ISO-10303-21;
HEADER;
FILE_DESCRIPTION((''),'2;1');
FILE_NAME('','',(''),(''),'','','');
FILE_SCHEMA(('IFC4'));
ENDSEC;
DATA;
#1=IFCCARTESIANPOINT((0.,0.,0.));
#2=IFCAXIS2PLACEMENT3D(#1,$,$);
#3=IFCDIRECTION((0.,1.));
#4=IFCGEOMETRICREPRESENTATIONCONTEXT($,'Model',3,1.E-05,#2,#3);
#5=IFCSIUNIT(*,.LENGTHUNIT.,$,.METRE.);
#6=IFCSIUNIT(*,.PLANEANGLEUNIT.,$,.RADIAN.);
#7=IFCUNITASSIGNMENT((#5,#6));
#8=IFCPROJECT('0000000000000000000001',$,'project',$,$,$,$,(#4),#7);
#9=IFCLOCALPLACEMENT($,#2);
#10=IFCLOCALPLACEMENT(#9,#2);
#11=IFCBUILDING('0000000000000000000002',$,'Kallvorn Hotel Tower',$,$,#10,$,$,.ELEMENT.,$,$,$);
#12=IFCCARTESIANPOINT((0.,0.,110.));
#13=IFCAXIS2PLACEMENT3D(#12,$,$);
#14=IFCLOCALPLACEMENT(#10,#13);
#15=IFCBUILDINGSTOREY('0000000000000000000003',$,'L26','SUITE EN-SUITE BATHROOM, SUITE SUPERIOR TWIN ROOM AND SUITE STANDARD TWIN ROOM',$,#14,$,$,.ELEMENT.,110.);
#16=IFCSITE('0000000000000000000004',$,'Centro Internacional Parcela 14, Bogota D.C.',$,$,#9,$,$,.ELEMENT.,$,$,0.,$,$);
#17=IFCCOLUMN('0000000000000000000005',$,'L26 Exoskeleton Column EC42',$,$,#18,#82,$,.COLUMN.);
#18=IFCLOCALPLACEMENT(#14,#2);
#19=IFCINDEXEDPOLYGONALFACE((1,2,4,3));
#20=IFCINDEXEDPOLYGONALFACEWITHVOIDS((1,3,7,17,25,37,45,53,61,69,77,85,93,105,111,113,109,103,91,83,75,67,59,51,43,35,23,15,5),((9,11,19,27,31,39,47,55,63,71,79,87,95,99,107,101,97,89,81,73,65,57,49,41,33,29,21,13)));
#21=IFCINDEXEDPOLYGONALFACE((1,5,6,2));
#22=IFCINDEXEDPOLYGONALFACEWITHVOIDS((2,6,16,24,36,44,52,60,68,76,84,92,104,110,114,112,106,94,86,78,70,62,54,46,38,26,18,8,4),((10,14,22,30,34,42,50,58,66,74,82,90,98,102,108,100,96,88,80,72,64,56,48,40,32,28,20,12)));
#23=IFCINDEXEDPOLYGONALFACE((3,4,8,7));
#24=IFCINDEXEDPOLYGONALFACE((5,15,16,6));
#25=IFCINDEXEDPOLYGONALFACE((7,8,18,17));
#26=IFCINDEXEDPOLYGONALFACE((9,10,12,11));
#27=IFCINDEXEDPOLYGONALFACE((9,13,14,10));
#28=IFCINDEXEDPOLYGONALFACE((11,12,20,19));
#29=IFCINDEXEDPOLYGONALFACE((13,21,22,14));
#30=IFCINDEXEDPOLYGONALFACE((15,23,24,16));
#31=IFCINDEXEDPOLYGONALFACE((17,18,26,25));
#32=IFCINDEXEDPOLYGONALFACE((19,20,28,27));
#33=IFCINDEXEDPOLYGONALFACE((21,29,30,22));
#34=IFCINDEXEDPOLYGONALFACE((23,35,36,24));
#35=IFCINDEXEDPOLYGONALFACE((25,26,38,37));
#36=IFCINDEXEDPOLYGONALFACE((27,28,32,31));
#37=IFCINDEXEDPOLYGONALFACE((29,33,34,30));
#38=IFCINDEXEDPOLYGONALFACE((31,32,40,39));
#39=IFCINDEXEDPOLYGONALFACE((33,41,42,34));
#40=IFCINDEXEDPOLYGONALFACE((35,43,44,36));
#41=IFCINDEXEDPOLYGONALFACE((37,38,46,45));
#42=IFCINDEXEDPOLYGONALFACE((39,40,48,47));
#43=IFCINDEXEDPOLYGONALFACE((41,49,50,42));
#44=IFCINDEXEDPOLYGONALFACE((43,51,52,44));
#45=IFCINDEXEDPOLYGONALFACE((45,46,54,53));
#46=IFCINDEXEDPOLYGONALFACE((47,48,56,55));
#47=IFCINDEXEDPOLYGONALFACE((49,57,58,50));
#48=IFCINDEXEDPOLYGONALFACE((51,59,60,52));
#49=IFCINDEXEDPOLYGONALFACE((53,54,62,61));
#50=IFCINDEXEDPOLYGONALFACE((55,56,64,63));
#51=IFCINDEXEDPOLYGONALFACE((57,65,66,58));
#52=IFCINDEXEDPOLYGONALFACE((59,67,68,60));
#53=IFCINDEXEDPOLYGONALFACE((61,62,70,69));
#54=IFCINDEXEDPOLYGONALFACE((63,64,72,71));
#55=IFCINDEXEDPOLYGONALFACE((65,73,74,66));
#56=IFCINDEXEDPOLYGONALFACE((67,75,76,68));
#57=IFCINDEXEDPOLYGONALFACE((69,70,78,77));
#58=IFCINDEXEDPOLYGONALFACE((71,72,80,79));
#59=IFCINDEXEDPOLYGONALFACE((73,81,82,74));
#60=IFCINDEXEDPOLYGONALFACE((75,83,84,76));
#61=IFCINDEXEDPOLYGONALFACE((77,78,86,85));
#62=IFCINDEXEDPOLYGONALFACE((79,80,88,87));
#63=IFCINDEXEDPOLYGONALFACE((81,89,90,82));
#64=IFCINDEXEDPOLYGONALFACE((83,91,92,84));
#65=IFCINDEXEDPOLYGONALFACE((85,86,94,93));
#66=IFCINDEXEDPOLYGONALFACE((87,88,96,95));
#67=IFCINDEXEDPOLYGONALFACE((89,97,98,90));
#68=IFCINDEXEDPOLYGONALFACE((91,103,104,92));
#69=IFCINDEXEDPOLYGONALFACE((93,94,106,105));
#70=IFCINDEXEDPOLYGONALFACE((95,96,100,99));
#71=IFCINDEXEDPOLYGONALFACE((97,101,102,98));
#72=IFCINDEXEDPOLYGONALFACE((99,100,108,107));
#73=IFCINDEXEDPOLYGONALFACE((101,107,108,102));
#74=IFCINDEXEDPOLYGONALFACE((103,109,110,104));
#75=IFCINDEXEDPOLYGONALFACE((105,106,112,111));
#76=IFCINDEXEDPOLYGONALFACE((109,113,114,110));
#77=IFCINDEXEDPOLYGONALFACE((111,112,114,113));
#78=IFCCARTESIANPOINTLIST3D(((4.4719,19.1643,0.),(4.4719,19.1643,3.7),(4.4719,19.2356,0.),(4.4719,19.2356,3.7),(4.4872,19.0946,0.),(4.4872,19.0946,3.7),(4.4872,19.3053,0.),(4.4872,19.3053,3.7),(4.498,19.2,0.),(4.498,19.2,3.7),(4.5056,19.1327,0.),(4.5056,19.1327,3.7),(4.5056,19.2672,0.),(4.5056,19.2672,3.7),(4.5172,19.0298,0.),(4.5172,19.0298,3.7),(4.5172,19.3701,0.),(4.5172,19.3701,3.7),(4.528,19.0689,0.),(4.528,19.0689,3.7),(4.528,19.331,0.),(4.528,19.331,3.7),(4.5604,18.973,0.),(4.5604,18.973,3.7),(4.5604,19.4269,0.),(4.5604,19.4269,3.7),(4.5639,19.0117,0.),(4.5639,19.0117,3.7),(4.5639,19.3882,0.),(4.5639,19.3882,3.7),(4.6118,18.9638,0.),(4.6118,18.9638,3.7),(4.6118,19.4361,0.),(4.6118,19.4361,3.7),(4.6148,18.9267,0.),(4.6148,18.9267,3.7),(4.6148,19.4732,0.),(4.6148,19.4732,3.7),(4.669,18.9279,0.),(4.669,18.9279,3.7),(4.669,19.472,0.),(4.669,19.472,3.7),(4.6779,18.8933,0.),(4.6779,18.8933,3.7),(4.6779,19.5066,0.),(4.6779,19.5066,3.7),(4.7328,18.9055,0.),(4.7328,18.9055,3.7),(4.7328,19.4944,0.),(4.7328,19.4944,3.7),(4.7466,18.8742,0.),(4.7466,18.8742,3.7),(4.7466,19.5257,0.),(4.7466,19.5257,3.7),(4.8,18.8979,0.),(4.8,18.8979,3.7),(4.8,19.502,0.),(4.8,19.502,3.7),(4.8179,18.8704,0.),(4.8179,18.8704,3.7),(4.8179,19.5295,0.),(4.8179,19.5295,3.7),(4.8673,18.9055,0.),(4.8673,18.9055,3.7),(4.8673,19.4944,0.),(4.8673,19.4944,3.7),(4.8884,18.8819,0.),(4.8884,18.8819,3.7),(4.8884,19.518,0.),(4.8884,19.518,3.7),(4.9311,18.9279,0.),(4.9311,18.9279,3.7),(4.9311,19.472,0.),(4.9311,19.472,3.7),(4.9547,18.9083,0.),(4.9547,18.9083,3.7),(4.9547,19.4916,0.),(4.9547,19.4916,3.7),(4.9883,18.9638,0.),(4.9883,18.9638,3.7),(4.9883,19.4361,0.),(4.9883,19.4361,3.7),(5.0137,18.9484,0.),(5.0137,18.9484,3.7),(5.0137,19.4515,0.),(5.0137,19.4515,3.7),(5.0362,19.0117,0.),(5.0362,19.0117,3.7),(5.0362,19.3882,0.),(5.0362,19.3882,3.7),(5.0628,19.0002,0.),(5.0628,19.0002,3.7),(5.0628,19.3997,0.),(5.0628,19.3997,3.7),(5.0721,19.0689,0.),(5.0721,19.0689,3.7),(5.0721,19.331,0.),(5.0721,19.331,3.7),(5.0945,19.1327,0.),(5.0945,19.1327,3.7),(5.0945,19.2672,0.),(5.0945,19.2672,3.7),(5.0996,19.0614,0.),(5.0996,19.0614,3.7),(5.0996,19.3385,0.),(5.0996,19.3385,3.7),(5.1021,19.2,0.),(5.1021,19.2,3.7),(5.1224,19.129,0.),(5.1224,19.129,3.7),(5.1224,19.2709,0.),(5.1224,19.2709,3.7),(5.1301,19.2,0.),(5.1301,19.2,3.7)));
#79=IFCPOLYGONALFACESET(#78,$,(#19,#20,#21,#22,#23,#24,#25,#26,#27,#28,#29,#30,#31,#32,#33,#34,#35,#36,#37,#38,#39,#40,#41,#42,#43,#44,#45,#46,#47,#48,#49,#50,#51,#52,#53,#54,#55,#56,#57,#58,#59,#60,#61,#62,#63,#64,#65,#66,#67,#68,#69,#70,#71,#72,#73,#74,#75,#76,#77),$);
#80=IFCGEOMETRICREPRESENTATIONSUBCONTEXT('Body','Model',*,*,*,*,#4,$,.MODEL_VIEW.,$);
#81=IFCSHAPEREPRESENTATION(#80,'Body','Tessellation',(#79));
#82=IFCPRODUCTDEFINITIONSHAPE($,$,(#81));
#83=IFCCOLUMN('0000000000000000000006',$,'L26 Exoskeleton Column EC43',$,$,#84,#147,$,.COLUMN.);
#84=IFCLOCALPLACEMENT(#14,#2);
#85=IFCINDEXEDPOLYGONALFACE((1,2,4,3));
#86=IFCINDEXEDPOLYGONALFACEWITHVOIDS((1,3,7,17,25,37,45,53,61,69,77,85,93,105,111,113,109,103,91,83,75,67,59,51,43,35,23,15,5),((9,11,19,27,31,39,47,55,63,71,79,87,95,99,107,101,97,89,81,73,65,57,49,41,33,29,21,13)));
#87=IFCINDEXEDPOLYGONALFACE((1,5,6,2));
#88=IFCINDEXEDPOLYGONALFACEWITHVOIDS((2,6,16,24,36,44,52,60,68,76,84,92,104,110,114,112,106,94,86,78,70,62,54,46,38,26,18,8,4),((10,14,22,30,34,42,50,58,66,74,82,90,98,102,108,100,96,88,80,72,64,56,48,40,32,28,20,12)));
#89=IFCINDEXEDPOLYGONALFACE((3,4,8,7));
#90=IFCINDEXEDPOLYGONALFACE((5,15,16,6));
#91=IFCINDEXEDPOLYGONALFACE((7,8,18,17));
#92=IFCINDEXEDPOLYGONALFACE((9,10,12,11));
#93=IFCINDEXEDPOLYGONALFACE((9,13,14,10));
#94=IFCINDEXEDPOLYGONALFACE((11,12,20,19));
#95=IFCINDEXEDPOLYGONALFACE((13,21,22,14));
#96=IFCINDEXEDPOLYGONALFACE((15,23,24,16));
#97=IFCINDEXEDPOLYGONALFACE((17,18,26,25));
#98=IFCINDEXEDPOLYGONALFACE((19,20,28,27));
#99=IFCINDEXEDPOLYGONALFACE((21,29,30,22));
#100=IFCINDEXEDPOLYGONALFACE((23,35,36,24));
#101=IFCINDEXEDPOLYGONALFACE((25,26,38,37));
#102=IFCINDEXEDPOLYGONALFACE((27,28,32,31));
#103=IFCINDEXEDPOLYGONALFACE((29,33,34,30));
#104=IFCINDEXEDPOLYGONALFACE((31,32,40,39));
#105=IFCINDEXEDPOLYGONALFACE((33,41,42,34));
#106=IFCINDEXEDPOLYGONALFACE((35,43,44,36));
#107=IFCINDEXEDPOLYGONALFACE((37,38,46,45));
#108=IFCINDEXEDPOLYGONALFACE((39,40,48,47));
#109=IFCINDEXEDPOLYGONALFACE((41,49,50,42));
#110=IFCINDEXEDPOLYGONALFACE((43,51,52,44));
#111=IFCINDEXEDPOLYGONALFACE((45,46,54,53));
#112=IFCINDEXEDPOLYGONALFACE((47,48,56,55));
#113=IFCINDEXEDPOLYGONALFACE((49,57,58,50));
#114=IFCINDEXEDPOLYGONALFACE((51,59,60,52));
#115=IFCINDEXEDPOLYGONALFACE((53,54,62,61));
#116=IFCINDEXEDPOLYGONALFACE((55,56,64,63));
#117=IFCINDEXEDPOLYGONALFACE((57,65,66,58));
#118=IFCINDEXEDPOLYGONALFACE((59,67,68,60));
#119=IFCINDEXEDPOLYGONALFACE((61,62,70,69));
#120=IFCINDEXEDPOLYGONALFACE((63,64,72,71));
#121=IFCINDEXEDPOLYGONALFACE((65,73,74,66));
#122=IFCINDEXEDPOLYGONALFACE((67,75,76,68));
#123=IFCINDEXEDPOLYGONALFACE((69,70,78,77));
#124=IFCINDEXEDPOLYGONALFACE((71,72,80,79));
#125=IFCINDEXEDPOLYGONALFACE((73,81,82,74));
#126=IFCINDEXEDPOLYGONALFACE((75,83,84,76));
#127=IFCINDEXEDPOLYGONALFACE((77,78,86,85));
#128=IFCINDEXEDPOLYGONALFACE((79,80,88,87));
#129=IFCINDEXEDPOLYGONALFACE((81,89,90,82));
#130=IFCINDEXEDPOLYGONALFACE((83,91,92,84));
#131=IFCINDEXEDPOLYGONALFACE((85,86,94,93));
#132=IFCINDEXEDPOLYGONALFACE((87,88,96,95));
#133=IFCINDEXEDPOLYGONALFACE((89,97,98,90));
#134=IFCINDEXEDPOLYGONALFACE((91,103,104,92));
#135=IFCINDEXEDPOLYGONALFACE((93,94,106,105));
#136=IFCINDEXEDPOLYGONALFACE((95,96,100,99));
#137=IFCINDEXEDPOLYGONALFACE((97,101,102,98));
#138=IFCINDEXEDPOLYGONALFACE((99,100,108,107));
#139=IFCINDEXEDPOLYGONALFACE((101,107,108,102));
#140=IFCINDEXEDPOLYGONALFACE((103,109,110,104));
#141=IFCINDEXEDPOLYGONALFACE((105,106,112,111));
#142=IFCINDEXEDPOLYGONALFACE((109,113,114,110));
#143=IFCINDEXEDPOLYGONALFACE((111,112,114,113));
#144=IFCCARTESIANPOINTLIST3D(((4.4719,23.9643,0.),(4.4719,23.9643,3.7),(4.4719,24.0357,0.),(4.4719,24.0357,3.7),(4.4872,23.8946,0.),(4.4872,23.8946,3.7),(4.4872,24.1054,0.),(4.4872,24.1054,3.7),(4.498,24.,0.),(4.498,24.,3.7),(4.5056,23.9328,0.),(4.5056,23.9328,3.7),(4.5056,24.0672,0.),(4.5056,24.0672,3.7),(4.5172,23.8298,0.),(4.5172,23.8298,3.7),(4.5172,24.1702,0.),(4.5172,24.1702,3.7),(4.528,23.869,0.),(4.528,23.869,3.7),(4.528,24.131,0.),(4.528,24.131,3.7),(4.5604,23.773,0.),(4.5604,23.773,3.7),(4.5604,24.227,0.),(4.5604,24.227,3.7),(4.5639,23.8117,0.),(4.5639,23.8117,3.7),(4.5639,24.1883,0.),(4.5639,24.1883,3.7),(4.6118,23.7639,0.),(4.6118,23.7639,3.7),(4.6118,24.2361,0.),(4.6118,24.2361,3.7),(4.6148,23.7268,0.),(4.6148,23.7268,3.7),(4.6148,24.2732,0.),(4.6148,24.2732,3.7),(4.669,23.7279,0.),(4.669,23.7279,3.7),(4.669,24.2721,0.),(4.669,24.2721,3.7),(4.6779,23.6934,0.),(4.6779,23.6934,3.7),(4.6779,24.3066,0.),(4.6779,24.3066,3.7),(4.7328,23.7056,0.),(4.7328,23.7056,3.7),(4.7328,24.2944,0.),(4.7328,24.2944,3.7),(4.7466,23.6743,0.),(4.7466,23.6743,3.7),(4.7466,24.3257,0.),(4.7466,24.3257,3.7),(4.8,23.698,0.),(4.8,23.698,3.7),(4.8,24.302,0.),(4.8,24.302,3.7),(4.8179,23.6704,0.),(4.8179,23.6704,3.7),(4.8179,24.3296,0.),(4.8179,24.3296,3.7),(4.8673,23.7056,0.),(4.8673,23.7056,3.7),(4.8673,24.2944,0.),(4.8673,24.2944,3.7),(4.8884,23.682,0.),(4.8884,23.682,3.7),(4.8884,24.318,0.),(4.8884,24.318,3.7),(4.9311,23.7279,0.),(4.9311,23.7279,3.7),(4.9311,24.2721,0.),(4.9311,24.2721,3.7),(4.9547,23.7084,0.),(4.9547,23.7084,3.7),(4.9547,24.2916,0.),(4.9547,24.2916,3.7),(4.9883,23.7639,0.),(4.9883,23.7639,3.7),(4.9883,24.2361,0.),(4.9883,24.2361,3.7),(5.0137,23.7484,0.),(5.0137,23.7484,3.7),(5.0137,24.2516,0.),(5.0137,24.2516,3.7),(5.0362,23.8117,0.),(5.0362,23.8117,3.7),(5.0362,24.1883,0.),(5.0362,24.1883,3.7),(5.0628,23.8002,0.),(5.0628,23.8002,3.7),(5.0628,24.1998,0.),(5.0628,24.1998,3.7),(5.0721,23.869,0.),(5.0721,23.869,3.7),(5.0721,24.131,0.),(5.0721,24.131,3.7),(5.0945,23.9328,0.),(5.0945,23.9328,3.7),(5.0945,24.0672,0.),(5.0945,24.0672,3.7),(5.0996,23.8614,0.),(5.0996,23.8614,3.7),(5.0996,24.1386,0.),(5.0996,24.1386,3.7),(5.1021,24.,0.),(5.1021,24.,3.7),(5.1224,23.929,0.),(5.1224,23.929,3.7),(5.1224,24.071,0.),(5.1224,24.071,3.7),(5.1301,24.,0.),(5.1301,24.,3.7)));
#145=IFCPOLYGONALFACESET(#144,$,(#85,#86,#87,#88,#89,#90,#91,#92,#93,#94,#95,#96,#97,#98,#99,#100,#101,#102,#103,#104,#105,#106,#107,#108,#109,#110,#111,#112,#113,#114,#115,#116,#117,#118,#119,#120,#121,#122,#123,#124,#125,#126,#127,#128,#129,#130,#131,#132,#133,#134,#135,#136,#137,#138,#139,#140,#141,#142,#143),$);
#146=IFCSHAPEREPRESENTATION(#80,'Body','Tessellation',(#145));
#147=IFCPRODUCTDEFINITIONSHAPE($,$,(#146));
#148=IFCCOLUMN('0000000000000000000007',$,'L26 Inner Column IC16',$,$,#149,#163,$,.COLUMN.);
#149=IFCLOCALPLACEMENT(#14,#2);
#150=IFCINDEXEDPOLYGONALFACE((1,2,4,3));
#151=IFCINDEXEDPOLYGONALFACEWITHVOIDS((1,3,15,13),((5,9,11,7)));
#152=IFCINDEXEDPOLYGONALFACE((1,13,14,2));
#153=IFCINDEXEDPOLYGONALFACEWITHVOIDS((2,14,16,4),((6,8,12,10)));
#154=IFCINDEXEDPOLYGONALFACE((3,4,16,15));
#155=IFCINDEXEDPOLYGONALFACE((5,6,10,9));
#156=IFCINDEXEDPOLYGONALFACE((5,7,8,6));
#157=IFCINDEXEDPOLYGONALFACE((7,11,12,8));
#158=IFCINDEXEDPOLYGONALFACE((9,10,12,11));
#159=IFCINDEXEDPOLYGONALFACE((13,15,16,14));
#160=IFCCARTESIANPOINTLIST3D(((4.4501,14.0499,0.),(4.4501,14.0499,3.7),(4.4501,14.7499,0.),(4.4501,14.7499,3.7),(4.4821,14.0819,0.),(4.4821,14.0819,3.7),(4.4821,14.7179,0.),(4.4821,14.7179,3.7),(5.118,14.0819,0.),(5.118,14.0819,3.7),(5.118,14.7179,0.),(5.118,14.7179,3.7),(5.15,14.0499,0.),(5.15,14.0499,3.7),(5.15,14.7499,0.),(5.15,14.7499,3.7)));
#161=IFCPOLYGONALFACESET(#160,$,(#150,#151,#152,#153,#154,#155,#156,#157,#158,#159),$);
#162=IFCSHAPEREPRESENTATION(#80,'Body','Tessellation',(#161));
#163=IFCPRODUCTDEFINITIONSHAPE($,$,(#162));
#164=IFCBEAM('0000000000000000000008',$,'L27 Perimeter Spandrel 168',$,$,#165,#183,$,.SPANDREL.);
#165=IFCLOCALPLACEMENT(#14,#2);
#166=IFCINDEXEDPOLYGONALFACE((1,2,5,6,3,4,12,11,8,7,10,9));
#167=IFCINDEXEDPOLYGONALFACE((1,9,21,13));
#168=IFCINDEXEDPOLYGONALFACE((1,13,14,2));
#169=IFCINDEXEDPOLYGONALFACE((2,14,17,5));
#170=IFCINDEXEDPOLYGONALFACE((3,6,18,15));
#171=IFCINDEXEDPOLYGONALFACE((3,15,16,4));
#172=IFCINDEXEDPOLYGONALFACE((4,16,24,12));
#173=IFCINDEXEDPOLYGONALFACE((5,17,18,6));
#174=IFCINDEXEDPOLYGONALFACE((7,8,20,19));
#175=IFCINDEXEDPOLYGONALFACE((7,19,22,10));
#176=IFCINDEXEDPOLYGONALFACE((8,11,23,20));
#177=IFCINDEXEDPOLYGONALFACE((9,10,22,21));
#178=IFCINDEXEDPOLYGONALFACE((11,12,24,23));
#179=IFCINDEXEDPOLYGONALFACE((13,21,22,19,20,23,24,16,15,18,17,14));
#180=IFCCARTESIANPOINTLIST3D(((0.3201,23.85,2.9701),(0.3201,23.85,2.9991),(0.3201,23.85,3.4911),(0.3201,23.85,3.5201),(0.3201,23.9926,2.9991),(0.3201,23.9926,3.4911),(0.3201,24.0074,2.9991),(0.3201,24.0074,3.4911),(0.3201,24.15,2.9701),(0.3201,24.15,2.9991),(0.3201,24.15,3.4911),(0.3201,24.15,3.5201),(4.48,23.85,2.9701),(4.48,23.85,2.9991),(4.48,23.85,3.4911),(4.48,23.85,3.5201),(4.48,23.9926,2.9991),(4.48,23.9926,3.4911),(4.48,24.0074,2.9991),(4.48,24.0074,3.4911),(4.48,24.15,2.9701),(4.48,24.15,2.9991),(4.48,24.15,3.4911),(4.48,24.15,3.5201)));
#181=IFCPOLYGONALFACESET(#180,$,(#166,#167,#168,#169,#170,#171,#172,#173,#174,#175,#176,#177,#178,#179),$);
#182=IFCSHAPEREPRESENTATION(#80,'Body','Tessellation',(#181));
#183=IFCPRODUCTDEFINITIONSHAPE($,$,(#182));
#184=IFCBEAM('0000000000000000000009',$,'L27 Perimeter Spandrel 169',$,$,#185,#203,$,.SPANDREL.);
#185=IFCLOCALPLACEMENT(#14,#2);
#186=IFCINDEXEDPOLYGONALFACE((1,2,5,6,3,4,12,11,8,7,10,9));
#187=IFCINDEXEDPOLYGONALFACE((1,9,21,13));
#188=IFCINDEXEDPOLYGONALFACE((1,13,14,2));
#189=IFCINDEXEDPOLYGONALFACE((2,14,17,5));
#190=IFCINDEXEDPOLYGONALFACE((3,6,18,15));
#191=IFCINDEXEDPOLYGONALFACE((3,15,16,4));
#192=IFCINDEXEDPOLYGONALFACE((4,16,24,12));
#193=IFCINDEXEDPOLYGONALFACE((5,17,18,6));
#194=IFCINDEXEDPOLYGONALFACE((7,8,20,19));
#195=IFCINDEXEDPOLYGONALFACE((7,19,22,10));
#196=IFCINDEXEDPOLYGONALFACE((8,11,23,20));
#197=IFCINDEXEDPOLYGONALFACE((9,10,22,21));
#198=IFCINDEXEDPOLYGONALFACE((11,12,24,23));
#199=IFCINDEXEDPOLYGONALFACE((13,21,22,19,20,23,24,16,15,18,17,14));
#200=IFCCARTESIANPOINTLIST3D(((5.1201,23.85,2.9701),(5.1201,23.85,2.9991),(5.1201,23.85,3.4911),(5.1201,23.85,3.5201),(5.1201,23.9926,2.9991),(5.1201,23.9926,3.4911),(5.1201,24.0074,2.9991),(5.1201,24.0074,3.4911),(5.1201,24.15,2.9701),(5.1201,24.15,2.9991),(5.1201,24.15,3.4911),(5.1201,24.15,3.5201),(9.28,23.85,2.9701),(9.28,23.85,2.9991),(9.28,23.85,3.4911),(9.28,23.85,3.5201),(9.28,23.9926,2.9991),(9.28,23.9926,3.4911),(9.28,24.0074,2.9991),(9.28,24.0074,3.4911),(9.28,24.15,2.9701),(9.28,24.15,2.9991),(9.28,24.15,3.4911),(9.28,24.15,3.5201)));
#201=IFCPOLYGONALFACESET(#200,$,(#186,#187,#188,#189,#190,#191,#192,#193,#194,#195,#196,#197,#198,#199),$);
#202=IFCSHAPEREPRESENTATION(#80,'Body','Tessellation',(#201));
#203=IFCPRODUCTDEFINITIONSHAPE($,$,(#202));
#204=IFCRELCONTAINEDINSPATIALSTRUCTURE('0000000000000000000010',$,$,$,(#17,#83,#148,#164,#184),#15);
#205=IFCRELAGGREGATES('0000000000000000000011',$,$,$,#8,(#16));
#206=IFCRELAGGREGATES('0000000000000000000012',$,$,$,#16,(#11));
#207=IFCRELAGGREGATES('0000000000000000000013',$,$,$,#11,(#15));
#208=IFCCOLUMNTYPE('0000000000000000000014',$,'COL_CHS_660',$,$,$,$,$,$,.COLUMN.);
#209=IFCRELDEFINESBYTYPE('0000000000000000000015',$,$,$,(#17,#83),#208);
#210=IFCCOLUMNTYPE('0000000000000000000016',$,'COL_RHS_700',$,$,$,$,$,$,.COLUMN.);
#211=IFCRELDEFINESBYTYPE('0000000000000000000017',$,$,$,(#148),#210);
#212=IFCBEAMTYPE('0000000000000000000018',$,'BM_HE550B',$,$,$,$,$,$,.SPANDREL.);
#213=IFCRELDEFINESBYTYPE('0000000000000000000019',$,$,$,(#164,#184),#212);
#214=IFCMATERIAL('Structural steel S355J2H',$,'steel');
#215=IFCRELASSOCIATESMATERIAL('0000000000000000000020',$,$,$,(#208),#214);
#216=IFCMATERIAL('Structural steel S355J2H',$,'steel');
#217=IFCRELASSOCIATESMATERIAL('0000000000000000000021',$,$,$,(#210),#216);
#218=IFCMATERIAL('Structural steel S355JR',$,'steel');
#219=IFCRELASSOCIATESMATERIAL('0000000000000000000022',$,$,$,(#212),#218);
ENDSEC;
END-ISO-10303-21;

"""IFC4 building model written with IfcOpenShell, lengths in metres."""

from ifc_helpers import new_model, si_unit, direction, frame, origin, origin_2d, place, context, subcontext, project, spatial, hollow_rectangle, hollow_circle, i_section, extrude, material, material_profile, profile_set, type_object, element, save


model = new_model("IFC4")

# Units and contexts
model_context = context("Model", 3, precision=1e-05, world=origin(), true_north=direction((0.0, 1.0)))
body_context = subcontext(model_context, "Body", "Model", "MODEL_VIEW")
ifc_project = project(units=[si_unit("LENGTHUNIT", "METRE"), si_unit("PLANEANGLEUNIT", "RADIAN")], contexts=[model_context])

# Site, building, storey
site_placement = place(None, origin())
site = spatial("IfcSite", under=ifc_project, at=site_placement, Name="Centro Internacional Parcela 14, Bogota D.C.", CompositionType="ELEMENT", RefElevation=0.0)
building_placement = place(site_placement, origin())
building = spatial("IfcBuilding", under=site, at=building_placement, Name="Kallvorn Hotel Tower", CompositionType="ELEMENT")
storey_placement = place(building_placement, frame((0.0, 0.0, 110.0)))
storey = spatial("IfcBuildingStorey", under=building, at=storey_placement, Name="L26", Description="SUITE EN-SUITE BATHROOM, SUITE SUPERIOR TWIN ROOM AND SUITE STANDARD TWIN ROOM", CompositionType="ELEMENT", Elevation=110.0)

# Columns
ifc_material_1 = material(Name="Structural steel S355J2H", Category="steel")
ifc_material_profile_1 = material_profile(ifc_material_1, hollow_circle(Radius=0.3301, WallThickness=0.0281, at=origin_2d()), Name="CHS 660x28")
ifc_profile_set_1 = profile_set([ifc_material_profile_1], Name="Structural steel S355J2H")
column_type_1 = type_object("IfcColumnType", Name="COL_CHS_660", PredefinedType="COLUMN", material=ifc_profile_set_1)
for number, where, z_axis, x_axis, name in (
    (1, (4.8, 19.2, 0.0), (0.0, 0.0, 1.0), (1.0, 0.0, 0.0), "L26 Exoskeleton Column EC42"),
    (2, (4.8, 24.0, 0.0), (0.0, 0.0, 1.0), (1.0, 0.0, 0.0), "L26 Exoskeleton Column EC43"),
):
    element("IfcColumn", number, at=place(storey_placement, frame(where, z_axis=z_axis, x_axis=x_axis)), inside=storey, type_object=column_type_1, Name=name, PredefinedType="COLUMN", context=body_context, shape_type="SweptSolid", body=[
        extrude(hollow_circle(Radius=0.3301, WallThickness=0.0281, at=origin_2d()), origin(), (0.0, 0.0, 1.0), 3.7),
    ])
ifc_material_2 = material(Name="Structural steel S355J2H", Category="steel")
ifc_material_profile_2 = material_profile(ifc_material_2, hollow_rectangle(XDim=0.7, YDim=0.7, WallThickness=0.032, at=origin_2d()), Name="RHS 700x700x32")
ifc_profile_set_2 = profile_set([ifc_material_profile_2], Name="Structural steel S355J2H")
column_type_2 = type_object("IfcColumnType", Name="COL_RHS_700", PredefinedType="COLUMN", material=ifc_profile_set_2)
column_placement = place(storey_placement, frame((4.8, 14.3999, 0.0), z_axis=(0.0, 0.0, 1.0), x_axis=(1.0, 0.0, 0.0)))
element("IfcColumn", 3, at=column_placement, inside=storey, type_object=column_type_2, Name="L26 Inner Column IC16", PredefinedType="COLUMN", context=body_context, shape_type="SweptSolid", body=[
    extrude(hollow_rectangle(XDim=0.7, YDim=0.7, WallThickness=0.032, at=origin_2d()), origin(), (0.0, 0.0, 1.0), 3.7),
])

# Beams
ifc_material_3 = material(Name="Structural steel S355JR", Category="steel")
ifc_material_profile_3 = material_profile(ifc_material_3, i_section(OverallWidth=0.3, OverallDepth=0.55, WebThickness=0.0149, FlangeThickness=0.0291, at=origin_2d()), Name="HE 550 B")
ifc_profile_set_3 = profile_set([ifc_material_profile_3], Name="Structural steel S355JR")
beam_type_1 = type_object("IfcBeamType", Name="BM_HE550B", PredefinedType="SPANDREL", material=ifc_profile_set_3)
for number, where, z_axis, x_axis, name in (
    (4, (0.3201, 24.0, 3.2451), (1.0, 0.0, 0.0), (0.0, 1.0, 0.0), "L27 Perimeter Spandrel 168"),
    (5, (5.1201, 24.0, 3.2451), (1.0, 0.0, 0.0), (0.0, 1.0, 0.0), "L27 Perimeter Spandrel 169"),
):
    element("IfcBeam", number, at=place(storey_placement, frame(where, z_axis=z_axis, x_axis=x_axis)), inside=storey, type_object=beam_type_1, Name=name, PredefinedType="SPANDREL", context=body_context, shape_type="SweptSolid", body=[
        extrude(i_section(OverallWidth=0.3, OverallDepth=0.55, WebThickness=0.0149, FlangeThickness=0.0291, at=origin_2d()), origin(), (0.0, 0.0, 1.0), 4.1599),
    ])

save(model, "model.ifc")
